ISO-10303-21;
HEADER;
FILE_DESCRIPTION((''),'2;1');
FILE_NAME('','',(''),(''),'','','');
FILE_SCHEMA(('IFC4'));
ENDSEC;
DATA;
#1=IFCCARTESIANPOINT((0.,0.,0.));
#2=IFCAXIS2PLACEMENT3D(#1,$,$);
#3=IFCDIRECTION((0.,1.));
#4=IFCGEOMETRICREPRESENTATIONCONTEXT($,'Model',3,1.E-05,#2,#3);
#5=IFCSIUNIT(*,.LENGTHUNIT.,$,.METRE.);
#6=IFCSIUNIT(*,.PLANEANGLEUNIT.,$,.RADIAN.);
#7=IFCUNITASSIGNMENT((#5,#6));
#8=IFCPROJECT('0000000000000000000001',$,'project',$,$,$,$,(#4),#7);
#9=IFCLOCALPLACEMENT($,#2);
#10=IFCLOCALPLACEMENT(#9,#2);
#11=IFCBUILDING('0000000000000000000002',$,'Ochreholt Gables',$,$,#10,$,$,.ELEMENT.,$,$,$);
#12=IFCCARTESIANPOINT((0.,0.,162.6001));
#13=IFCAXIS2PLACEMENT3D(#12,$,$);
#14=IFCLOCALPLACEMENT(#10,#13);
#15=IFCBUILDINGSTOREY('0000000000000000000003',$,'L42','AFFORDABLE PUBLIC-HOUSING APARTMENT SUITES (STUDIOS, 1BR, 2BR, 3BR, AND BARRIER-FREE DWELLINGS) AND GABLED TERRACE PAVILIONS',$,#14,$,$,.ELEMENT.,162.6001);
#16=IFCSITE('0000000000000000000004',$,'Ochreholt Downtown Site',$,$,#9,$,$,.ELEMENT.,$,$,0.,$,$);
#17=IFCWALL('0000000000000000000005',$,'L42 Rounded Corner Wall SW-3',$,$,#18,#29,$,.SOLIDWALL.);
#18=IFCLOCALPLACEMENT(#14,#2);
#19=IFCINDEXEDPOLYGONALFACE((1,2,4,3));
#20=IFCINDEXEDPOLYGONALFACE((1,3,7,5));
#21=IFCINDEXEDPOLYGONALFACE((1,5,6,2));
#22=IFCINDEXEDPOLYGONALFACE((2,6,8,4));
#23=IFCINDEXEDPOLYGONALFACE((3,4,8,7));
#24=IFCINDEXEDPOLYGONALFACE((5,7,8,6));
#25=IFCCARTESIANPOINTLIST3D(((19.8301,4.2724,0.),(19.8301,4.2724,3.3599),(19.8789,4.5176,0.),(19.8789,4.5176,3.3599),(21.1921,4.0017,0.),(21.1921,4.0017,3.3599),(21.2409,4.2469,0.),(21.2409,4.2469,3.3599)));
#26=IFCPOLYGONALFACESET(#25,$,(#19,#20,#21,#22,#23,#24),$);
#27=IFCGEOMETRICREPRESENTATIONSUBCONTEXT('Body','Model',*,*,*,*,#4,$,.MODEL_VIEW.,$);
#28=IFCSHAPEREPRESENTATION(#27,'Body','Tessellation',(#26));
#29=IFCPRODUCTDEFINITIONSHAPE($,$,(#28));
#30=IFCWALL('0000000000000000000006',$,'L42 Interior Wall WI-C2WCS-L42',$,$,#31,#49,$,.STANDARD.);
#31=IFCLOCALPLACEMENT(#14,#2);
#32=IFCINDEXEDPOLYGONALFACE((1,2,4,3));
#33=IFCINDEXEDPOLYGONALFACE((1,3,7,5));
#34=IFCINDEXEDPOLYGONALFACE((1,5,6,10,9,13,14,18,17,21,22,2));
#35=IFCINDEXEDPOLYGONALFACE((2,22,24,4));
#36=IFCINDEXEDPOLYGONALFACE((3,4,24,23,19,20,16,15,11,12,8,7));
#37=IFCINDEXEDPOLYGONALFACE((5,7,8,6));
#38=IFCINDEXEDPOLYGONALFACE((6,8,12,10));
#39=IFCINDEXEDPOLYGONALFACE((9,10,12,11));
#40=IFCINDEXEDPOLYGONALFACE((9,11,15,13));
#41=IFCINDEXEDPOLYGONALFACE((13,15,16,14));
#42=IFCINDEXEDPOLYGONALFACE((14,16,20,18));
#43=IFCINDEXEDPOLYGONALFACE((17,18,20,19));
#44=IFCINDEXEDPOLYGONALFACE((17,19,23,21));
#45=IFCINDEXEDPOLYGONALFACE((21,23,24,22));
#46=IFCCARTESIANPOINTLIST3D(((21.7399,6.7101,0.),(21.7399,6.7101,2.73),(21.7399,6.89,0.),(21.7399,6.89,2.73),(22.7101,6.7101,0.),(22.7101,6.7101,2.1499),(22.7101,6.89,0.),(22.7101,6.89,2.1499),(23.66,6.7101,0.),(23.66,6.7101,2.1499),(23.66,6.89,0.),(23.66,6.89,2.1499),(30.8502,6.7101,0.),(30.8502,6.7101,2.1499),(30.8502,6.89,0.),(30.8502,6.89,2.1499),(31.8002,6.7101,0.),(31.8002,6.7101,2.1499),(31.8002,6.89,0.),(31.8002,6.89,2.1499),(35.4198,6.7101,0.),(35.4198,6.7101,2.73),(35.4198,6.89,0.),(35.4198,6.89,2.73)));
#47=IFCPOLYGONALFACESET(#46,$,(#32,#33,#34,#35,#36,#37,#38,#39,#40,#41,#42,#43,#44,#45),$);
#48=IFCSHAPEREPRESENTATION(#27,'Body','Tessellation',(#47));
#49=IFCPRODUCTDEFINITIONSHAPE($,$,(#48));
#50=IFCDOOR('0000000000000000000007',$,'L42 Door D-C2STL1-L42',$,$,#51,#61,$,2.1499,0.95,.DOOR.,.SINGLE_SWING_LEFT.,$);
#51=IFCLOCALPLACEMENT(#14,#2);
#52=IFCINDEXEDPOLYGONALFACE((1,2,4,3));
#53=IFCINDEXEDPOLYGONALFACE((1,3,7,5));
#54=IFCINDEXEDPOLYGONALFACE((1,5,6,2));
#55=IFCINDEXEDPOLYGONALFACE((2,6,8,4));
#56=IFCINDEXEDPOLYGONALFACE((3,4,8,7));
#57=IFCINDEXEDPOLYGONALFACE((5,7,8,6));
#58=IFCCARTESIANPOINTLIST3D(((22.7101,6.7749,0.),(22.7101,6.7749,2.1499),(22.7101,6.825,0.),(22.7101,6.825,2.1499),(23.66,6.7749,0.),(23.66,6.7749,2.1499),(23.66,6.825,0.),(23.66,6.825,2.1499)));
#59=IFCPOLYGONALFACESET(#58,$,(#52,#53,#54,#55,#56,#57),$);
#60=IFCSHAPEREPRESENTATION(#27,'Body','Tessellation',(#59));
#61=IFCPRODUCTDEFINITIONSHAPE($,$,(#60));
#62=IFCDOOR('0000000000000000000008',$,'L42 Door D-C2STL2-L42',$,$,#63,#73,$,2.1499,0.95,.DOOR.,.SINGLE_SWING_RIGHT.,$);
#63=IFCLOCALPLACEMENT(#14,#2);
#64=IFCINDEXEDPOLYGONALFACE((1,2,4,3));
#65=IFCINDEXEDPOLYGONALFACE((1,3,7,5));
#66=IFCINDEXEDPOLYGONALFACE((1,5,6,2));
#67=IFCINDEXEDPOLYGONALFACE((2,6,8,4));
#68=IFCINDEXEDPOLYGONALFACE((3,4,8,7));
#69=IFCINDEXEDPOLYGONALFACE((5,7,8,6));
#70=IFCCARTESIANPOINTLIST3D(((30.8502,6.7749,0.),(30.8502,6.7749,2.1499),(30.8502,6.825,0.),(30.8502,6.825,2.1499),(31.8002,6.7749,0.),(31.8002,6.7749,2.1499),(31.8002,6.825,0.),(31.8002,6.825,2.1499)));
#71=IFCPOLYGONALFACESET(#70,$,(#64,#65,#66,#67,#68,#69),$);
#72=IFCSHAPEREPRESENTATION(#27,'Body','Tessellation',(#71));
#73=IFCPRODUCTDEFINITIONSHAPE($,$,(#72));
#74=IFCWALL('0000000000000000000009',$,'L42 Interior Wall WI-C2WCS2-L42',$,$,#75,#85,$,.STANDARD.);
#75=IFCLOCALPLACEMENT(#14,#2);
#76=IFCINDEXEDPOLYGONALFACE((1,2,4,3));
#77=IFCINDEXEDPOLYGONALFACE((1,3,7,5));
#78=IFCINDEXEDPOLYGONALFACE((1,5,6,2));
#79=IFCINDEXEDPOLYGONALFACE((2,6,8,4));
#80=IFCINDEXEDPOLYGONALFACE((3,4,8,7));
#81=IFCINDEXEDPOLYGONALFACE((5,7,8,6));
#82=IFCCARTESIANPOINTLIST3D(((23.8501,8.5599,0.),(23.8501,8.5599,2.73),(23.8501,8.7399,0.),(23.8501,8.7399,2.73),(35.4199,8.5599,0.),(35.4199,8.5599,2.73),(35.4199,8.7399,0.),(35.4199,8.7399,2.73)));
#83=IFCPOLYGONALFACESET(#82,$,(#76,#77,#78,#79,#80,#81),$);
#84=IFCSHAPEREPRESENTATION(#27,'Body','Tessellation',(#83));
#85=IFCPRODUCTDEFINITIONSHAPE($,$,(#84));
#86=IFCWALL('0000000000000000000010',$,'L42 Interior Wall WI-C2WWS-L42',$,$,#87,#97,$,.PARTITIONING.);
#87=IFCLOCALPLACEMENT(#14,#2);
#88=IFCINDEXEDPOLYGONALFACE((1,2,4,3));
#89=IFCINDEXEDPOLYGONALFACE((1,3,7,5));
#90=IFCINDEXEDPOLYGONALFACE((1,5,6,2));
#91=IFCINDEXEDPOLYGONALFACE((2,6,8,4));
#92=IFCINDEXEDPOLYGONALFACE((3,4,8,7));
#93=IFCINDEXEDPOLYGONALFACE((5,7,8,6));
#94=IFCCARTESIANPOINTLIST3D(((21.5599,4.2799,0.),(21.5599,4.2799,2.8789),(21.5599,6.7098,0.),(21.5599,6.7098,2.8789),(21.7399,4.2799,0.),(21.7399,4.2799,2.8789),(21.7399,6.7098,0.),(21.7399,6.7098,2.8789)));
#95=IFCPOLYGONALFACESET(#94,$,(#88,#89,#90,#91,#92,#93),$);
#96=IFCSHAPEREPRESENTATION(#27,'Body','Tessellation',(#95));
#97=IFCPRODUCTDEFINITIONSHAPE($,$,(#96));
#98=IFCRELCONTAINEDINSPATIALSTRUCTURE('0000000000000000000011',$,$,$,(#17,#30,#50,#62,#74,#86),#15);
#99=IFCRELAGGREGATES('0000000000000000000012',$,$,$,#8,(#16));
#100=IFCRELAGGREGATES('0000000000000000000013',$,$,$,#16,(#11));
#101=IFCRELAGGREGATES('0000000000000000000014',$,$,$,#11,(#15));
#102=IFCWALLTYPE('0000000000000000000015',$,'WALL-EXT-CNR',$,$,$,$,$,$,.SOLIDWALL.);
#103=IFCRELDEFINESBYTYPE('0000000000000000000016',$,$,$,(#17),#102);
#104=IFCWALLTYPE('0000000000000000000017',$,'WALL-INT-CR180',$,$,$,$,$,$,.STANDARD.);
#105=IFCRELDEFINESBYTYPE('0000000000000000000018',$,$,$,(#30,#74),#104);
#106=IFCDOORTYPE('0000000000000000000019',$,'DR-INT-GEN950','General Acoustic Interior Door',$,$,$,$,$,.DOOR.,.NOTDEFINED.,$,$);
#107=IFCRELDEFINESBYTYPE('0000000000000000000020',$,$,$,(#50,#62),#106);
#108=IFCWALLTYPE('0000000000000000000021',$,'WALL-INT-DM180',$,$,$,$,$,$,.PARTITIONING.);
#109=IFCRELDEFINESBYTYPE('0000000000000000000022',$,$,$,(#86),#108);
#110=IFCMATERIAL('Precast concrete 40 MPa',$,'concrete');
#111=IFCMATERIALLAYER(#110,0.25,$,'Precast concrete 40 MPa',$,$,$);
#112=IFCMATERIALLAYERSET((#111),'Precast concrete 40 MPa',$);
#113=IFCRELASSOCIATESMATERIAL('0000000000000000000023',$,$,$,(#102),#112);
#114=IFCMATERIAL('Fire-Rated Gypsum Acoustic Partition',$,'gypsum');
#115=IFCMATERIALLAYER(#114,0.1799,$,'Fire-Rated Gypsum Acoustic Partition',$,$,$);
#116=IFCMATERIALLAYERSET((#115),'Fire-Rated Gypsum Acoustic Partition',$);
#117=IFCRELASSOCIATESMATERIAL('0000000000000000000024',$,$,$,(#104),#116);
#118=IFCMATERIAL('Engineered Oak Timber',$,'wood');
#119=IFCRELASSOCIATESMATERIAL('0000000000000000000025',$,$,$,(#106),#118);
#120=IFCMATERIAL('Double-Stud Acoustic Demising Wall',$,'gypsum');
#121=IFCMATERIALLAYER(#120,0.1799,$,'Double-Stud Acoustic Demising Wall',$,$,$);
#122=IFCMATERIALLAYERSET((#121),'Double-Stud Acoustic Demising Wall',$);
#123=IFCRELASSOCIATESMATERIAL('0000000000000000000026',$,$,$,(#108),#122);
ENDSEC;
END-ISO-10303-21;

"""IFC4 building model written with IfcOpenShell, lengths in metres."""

from ifc_helpers import new_model, si_unit, direction, frame, frame_2d, origin, place, context, subcontext, project, spatial, rectangle, extrude, material, layer, layer_set, type_object, element, fill, save


model = new_model("IFC4")

# Units and contexts
model_context = context("Model", 3, precision=1e-05, world=origin(), true_north=direction((0.0, 1.0)))
body_context = subcontext(model_context, "Body", "Model", "MODEL_VIEW")
ifc_project = project(units=[si_unit("LENGTHUNIT", "METRE"), si_unit("PLANEANGLEUNIT", "RADIAN")], contexts=[model_context])

# Site, building, storey
site_placement = place(None, origin())
site = spatial("IfcSite", under=ifc_project, at=site_placement, Name="Ochreholt Downtown Site", CompositionType="ELEMENT", RefElevation=0.0)
building_placement = place(site_placement, origin())
building = spatial("IfcBuilding", under=site, at=building_placement, Name="Ochreholt Gables", CompositionType="ELEMENT")
storey_placement = place(building_placement, frame((0.0, 0.0, 162.6001)))
storey = spatial("IfcBuildingStorey", under=building, at=storey_placement, Name="L42", Description="AFFORDABLE PUBLIC-HOUSING APARTMENT SUITES (STUDIOS, 1BR, 2BR, 3BR, AND BARRIER-FREE DWELLINGS) AND GABLED TERRACE PAVILIONS", CompositionType="ELEMENT", Elevation=162.6001)

# Shared definitions
ifc_material_1 = material(Name="Precast concrete 40 MPa", Category="concrete")

# Wall
ifc_layer_1 = layer(ifc_material_1, 0.25, Name="Precast concrete 40 MPa")
ifc_layer_set_1 = layer_set([ifc_layer_1], Name="Precast concrete 40 MPa")
wall_type_1 = type_object("IfcWallType", Name="WALL-EXT-CNR", PredefinedType="SOLIDWALL", material=ifc_layer_set_1)
wall_1_placement = place(storey_placement, frame((19.8545, 4.395, 0.0), z_axis=(0.0, 0.0, 1.0), x_axis=(0.98081, -0.194967, 0.0)))
element("IfcWall", 1, at=wall_1_placement, inside=storey, type_object=wall_type_1, Name="L42 Rounded Corner Wall SW-3", PredefinedType="SOLIDWALL", context=body_context, shape_type="SweptSolid", body=[
    extrude(rectangle(XDim=1.3887, YDim=0.25, at=frame_2d((0.6943, 0.0))), origin(), (0.0, 0.0, 1.0), 3.3599),
])

# Wall, openings, doors
ifc_material_2 = material(Name="Fire-Rated Gypsum Acoustic Partition", Category="gypsum")
ifc_layer_2 = layer(ifc_material_2, 0.1799, Name="Fire-Rated Gypsum Acoustic Partition")
ifc_layer_set_2 = layer_set([ifc_layer_2], Name="Fire-Rated Gypsum Acoustic Partition")
wall_type_2 = type_object("IfcWallType", Name="WALL-INT-CR180", PredefinedType="STANDARD", material=ifc_layer_set_2)
ifc_material_3 = material(Name="Engineered Oak Timber", Category="wood")
door_type = type_object("IfcDoorType", Name="DR-INT-GEN950", Description="General Acoustic Interior Door", OperationType="NOTDEFINED", PredefinedType="DOOR", material=ifc_material_3)
wall_2_placement = place(storey_placement, frame((21.74, 6.8, 0.0), z_axis=(0.0, 0.0, 1.0), x_axis=(1.0, 0.0, 0.0)))
wall_2 = element("IfcWall", 2, at=wall_2_placement, inside=storey, type_object=wall_type_2, Name="L42 Interior Wall WI-C2WCS-L42", PredefinedType="STANDARD", context=body_context, shape_type="SweptSolid", body=[
    extrude(rectangle(XDim=13.6799, YDim=0.1799, at=frame_2d((6.8398, 0.0))), origin(), (0.0, 0.0, 1.0), 2.73),
])
opening_1_placement = place(wall_2_placement, frame((0.97, 0.0, 0.0)))
opening_1 = element("IfcOpeningElement", 3, at=opening_1_placement, cuts=wall_2, PredefinedType="OPENING", context=body_context, shape_type="SweptSolid", body=[
    extrude(rectangle(XDim=0.95, YDim=2.1499, at=frame_2d((0.4751, 1.075))), frame((0.0, 0.0999, 0.0), z_axis=(0.0, -1.0, 0.0), x_axis=(1.0, 0.0, 0.0)), (0.0, 0.0, 1.0), 0.2),
])
opening_2_placement = place(wall_2_placement, frame((9.1101, 0.0, 0.0)))
opening_2 = element("IfcOpeningElement", 4, at=opening_2_placement, cuts=wall_2, PredefinedType="OPENING", context=body_context, shape_type="SweptSolid", body=[
    extrude(rectangle(XDim=0.95, YDim=2.1499, at=frame_2d((0.4751, 1.075))), frame((0.0, 0.0999, 0.0), z_axis=(0.0, -1.0, 0.0), x_axis=(1.0, 0.0, 0.0)), (0.0, 0.0, 1.0), 0.2),
])
door_1_placement = place(opening_1_placement, origin())
door_1 = element("IfcDoor", 5, at=door_1_placement, inside=storey, type_object=door_type, Name="L42 Door D-C2STL1-L42", OperationType="SINGLE_SWING_LEFT", OverallHeight=2.1499, OverallWidth=0.95, PredefinedType="DOOR", context=body_context, shape_type="SweptSolid", body=[
    extrude(rectangle(XDim=0.95, YDim=2.1499, at=frame_2d((0.4751, 1.075))), frame((0.0, 0.0249, 0.0), z_axis=(0.0, -1.0, 0.0), x_axis=(1.0, 0.0, 0.0)), (0.0, 0.0, 1.0), 0.05),
])
fill(opening_1, door_1)
door_2_placement = place(opening_2_placement, origin())
door_2 = element("IfcDoor", 6, at=door_2_placement, inside=storey, type_object=door_type, Name="L42 Door D-C2STL2-L42", OperationType="SINGLE_SWING_RIGHT", OverallHeight=2.1499, OverallWidth=0.95, PredefinedType="DOOR", context=body_context, shape_type="SweptSolid", body=[
    extrude(rectangle(XDim=0.95, YDim=2.1499, at=frame_2d((0.4751, 1.075))), frame((0.0, 0.0249, 0.0), z_axis=(0.0, -1.0, 0.0), x_axis=(1.0, 0.0, 0.0)), (0.0, 0.0, 1.0), 0.05),
])
fill(opening_2, door_2)

# Walls
wall_3_placement = place(storey_placement, frame((23.8501, 8.6499, 0.0), z_axis=(0.0, 0.0, 1.0), x_axis=(1.0, 0.0, 0.0)))
element("IfcWall", 7, at=wall_3_placement, inside=storey, type_object=wall_type_2, Name="L42 Interior Wall WI-C2WCS2-L42", PredefinedType="STANDARD", context=body_context, shape_type="SweptSolid", body=[
    extrude(rectangle(XDim=11.5698, YDim=0.1799, at=frame_2d((5.7849, 0.0))), origin(), (0.0, 0.0, 1.0), 2.73),
])
ifc_material_4 = material(Name="Double-Stud Acoustic Demising Wall", Category="gypsum")
ifc_layer_3 = layer(ifc_material_4, 0.1799, Name="Double-Stud Acoustic Demising Wall")
ifc_layer_set_3 = layer_set([ifc_layer_3], Name="Double-Stud Acoustic Demising Wall")
wall_type_3 = type_object("IfcWallType", Name="WALL-INT-DM180", PredefinedType="PARTITIONING", material=ifc_layer_set_3)
wall_4_placement = place(storey_placement, frame((21.6499, 4.28, 0.0), z_axis=(0.0, 0.0, 1.0), x_axis=(0.0, 1.0, 0.0)))
element("IfcWall", 8, at=wall_4_placement, inside=storey, type_object=wall_type_3, Name="L42 Interior Wall WI-C2WWS-L42", PredefinedType="PARTITIONING", context=body_context, shape_type="SweptSolid", body=[
    extrude(rectangle(XDim=2.4299, YDim=0.1799, at=frame_2d((1.2148, 0.0))), origin(), (0.0, 0.0, 1.0), 2.8789),
])

save(model, "model.ifc")
